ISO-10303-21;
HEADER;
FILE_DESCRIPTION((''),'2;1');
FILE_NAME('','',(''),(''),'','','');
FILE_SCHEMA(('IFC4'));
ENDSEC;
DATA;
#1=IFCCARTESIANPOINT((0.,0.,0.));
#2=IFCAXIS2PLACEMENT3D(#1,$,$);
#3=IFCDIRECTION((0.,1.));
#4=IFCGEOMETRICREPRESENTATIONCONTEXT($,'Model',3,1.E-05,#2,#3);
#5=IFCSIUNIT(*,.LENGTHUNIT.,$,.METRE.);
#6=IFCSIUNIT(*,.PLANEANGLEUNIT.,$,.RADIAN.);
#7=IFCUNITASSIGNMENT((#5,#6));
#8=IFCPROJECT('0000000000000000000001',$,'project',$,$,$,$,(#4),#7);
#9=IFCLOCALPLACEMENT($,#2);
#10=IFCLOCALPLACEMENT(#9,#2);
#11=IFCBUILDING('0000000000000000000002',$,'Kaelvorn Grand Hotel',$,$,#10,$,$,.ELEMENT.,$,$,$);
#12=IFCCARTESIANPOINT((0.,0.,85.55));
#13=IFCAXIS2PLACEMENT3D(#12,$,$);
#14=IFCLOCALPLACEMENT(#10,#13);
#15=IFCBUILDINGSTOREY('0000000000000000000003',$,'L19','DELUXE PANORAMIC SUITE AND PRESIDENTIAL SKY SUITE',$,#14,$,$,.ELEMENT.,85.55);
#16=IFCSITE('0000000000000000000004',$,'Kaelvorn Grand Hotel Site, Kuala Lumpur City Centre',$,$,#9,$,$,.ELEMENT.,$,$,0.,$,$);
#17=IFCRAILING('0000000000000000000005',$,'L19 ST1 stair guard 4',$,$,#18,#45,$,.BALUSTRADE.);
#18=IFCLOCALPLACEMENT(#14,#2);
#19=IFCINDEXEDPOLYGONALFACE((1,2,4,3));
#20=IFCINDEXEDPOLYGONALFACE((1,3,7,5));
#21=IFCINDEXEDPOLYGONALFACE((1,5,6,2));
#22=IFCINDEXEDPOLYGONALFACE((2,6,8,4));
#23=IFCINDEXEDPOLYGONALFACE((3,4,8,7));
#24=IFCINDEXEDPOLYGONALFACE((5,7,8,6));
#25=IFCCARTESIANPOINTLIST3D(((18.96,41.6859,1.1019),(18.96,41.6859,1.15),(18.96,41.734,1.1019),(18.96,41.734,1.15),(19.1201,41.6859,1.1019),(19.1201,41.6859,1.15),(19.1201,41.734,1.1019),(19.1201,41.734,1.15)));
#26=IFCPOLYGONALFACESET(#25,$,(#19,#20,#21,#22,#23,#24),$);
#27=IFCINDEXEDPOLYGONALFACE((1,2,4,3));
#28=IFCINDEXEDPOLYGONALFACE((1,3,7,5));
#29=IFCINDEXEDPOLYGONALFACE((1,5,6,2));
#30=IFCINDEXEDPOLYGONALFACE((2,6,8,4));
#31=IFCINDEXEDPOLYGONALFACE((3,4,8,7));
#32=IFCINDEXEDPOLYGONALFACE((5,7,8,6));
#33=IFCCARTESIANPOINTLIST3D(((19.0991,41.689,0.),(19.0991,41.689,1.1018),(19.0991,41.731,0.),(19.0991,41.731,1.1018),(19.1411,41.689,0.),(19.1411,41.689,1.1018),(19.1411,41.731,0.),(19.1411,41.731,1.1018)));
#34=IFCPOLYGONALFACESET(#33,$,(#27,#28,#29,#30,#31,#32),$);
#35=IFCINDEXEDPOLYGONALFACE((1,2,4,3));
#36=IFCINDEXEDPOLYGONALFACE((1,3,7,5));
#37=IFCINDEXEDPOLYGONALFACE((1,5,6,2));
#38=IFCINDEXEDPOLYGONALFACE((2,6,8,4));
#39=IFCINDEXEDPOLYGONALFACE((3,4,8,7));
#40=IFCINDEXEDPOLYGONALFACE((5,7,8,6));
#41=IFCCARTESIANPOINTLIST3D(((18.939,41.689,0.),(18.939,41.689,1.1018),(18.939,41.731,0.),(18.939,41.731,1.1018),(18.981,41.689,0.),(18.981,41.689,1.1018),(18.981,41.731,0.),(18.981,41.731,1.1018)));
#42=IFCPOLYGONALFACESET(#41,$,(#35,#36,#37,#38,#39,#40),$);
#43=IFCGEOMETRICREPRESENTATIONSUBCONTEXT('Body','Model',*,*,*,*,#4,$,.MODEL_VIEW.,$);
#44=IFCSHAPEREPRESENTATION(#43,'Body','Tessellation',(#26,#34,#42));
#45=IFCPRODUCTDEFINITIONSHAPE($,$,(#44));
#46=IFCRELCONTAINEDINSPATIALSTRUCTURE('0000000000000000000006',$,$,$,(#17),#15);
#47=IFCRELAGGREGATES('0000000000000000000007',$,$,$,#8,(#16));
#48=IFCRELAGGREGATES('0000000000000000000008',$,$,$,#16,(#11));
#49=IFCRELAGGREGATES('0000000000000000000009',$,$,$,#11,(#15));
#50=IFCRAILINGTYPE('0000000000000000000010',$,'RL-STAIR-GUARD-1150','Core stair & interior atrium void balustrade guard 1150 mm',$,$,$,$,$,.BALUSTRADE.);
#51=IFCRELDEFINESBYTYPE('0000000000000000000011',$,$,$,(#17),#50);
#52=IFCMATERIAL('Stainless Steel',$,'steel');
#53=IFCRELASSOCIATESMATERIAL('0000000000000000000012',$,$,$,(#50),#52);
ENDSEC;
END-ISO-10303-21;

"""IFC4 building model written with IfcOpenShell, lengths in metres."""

from ifc_helpers import new_model, si_unit, direction, frame, origin, origin_2d, place, context, subcontext, project, spatial, rectangle, extrude, material, type_object, element, save


model = new_model("IFC4")

# Units and contexts
model_context = context("Model", 3, precision=1e-05, world=origin(), true_north=direction((0.0, 1.0)))
body_context = subcontext(model_context, "Body", "Model", "MODEL_VIEW")
ifc_project = project(units=[si_unit("LENGTHUNIT", "METRE"), si_unit("PLANEANGLEUNIT", "RADIAN")], contexts=[model_context])

# Site, building, storey
site_placement = place(None, origin())
site = spatial("IfcSite", under=ifc_project, at=site_placement, Name="Kaelvorn Grand Hotel Site, Kuala Lumpur City Centre", CompositionType="ELEMENT", RefElevation=0.0)
building_placement = place(site_placement, origin())
building = spatial("IfcBuilding", under=site, at=building_placement, Name="Kaelvorn Grand Hotel", CompositionType="ELEMENT")
storey_placement = place(building_placement, frame((0.0, 0.0, 85.55)))
storey = spatial("IfcBuildingStorey", under=building, at=storey_placement, Name="L19", Description="DELUXE PANORAMIC SUITE AND PRESIDENTIAL SKY SUITE", CompositionType="ELEMENT", Elevation=85.55)

# Shared definitions
ifc_material_1 = material(Name="Stainless Steel", Category="steel")

# Railing
railing_type_1 = type_object("IfcRailingType", Name="RL-STAIR-GUARD-1150", Description="Core stair & interior atrium void balustrade guard 1150 mm", PredefinedType="BALUSTRADE", material=ifc_material_1)
railing_1_placement = place(storey_placement, frame((19.1201, 41.71, 0.0)))
element("IfcRailing", 1, at=railing_1_placement, inside=storey, type_object=railing_type_1, Name="L19 ST1 stair guard 4", PredefinedType="BALUSTRADE", context=body_context, shape_type="SweptSolid", body=[
    extrude(rectangle(XDim=0.0481, YDim=0.0481, at=origin_2d()), frame((0.0, 0.0, 1.126), z_axis=(-1.0, 0.0, 0.0), x_axis=(0.0, -1.0, 0.0)), (0.0, 0.0, 1.0), 0.1602),
    extrude(rectangle(XDim=0.042, YDim=0.042, at=origin_2d()), origin(), (0.0, 0.0, 1.0), 1.1018),
    extrude(rectangle(XDim=0.042, YDim=0.042, at=origin_2d()), frame((-0.1602, 0.0, 0.0)), (0.0, 0.0, 1.0), 1.1018),
])

save(model, "model.ifc")
